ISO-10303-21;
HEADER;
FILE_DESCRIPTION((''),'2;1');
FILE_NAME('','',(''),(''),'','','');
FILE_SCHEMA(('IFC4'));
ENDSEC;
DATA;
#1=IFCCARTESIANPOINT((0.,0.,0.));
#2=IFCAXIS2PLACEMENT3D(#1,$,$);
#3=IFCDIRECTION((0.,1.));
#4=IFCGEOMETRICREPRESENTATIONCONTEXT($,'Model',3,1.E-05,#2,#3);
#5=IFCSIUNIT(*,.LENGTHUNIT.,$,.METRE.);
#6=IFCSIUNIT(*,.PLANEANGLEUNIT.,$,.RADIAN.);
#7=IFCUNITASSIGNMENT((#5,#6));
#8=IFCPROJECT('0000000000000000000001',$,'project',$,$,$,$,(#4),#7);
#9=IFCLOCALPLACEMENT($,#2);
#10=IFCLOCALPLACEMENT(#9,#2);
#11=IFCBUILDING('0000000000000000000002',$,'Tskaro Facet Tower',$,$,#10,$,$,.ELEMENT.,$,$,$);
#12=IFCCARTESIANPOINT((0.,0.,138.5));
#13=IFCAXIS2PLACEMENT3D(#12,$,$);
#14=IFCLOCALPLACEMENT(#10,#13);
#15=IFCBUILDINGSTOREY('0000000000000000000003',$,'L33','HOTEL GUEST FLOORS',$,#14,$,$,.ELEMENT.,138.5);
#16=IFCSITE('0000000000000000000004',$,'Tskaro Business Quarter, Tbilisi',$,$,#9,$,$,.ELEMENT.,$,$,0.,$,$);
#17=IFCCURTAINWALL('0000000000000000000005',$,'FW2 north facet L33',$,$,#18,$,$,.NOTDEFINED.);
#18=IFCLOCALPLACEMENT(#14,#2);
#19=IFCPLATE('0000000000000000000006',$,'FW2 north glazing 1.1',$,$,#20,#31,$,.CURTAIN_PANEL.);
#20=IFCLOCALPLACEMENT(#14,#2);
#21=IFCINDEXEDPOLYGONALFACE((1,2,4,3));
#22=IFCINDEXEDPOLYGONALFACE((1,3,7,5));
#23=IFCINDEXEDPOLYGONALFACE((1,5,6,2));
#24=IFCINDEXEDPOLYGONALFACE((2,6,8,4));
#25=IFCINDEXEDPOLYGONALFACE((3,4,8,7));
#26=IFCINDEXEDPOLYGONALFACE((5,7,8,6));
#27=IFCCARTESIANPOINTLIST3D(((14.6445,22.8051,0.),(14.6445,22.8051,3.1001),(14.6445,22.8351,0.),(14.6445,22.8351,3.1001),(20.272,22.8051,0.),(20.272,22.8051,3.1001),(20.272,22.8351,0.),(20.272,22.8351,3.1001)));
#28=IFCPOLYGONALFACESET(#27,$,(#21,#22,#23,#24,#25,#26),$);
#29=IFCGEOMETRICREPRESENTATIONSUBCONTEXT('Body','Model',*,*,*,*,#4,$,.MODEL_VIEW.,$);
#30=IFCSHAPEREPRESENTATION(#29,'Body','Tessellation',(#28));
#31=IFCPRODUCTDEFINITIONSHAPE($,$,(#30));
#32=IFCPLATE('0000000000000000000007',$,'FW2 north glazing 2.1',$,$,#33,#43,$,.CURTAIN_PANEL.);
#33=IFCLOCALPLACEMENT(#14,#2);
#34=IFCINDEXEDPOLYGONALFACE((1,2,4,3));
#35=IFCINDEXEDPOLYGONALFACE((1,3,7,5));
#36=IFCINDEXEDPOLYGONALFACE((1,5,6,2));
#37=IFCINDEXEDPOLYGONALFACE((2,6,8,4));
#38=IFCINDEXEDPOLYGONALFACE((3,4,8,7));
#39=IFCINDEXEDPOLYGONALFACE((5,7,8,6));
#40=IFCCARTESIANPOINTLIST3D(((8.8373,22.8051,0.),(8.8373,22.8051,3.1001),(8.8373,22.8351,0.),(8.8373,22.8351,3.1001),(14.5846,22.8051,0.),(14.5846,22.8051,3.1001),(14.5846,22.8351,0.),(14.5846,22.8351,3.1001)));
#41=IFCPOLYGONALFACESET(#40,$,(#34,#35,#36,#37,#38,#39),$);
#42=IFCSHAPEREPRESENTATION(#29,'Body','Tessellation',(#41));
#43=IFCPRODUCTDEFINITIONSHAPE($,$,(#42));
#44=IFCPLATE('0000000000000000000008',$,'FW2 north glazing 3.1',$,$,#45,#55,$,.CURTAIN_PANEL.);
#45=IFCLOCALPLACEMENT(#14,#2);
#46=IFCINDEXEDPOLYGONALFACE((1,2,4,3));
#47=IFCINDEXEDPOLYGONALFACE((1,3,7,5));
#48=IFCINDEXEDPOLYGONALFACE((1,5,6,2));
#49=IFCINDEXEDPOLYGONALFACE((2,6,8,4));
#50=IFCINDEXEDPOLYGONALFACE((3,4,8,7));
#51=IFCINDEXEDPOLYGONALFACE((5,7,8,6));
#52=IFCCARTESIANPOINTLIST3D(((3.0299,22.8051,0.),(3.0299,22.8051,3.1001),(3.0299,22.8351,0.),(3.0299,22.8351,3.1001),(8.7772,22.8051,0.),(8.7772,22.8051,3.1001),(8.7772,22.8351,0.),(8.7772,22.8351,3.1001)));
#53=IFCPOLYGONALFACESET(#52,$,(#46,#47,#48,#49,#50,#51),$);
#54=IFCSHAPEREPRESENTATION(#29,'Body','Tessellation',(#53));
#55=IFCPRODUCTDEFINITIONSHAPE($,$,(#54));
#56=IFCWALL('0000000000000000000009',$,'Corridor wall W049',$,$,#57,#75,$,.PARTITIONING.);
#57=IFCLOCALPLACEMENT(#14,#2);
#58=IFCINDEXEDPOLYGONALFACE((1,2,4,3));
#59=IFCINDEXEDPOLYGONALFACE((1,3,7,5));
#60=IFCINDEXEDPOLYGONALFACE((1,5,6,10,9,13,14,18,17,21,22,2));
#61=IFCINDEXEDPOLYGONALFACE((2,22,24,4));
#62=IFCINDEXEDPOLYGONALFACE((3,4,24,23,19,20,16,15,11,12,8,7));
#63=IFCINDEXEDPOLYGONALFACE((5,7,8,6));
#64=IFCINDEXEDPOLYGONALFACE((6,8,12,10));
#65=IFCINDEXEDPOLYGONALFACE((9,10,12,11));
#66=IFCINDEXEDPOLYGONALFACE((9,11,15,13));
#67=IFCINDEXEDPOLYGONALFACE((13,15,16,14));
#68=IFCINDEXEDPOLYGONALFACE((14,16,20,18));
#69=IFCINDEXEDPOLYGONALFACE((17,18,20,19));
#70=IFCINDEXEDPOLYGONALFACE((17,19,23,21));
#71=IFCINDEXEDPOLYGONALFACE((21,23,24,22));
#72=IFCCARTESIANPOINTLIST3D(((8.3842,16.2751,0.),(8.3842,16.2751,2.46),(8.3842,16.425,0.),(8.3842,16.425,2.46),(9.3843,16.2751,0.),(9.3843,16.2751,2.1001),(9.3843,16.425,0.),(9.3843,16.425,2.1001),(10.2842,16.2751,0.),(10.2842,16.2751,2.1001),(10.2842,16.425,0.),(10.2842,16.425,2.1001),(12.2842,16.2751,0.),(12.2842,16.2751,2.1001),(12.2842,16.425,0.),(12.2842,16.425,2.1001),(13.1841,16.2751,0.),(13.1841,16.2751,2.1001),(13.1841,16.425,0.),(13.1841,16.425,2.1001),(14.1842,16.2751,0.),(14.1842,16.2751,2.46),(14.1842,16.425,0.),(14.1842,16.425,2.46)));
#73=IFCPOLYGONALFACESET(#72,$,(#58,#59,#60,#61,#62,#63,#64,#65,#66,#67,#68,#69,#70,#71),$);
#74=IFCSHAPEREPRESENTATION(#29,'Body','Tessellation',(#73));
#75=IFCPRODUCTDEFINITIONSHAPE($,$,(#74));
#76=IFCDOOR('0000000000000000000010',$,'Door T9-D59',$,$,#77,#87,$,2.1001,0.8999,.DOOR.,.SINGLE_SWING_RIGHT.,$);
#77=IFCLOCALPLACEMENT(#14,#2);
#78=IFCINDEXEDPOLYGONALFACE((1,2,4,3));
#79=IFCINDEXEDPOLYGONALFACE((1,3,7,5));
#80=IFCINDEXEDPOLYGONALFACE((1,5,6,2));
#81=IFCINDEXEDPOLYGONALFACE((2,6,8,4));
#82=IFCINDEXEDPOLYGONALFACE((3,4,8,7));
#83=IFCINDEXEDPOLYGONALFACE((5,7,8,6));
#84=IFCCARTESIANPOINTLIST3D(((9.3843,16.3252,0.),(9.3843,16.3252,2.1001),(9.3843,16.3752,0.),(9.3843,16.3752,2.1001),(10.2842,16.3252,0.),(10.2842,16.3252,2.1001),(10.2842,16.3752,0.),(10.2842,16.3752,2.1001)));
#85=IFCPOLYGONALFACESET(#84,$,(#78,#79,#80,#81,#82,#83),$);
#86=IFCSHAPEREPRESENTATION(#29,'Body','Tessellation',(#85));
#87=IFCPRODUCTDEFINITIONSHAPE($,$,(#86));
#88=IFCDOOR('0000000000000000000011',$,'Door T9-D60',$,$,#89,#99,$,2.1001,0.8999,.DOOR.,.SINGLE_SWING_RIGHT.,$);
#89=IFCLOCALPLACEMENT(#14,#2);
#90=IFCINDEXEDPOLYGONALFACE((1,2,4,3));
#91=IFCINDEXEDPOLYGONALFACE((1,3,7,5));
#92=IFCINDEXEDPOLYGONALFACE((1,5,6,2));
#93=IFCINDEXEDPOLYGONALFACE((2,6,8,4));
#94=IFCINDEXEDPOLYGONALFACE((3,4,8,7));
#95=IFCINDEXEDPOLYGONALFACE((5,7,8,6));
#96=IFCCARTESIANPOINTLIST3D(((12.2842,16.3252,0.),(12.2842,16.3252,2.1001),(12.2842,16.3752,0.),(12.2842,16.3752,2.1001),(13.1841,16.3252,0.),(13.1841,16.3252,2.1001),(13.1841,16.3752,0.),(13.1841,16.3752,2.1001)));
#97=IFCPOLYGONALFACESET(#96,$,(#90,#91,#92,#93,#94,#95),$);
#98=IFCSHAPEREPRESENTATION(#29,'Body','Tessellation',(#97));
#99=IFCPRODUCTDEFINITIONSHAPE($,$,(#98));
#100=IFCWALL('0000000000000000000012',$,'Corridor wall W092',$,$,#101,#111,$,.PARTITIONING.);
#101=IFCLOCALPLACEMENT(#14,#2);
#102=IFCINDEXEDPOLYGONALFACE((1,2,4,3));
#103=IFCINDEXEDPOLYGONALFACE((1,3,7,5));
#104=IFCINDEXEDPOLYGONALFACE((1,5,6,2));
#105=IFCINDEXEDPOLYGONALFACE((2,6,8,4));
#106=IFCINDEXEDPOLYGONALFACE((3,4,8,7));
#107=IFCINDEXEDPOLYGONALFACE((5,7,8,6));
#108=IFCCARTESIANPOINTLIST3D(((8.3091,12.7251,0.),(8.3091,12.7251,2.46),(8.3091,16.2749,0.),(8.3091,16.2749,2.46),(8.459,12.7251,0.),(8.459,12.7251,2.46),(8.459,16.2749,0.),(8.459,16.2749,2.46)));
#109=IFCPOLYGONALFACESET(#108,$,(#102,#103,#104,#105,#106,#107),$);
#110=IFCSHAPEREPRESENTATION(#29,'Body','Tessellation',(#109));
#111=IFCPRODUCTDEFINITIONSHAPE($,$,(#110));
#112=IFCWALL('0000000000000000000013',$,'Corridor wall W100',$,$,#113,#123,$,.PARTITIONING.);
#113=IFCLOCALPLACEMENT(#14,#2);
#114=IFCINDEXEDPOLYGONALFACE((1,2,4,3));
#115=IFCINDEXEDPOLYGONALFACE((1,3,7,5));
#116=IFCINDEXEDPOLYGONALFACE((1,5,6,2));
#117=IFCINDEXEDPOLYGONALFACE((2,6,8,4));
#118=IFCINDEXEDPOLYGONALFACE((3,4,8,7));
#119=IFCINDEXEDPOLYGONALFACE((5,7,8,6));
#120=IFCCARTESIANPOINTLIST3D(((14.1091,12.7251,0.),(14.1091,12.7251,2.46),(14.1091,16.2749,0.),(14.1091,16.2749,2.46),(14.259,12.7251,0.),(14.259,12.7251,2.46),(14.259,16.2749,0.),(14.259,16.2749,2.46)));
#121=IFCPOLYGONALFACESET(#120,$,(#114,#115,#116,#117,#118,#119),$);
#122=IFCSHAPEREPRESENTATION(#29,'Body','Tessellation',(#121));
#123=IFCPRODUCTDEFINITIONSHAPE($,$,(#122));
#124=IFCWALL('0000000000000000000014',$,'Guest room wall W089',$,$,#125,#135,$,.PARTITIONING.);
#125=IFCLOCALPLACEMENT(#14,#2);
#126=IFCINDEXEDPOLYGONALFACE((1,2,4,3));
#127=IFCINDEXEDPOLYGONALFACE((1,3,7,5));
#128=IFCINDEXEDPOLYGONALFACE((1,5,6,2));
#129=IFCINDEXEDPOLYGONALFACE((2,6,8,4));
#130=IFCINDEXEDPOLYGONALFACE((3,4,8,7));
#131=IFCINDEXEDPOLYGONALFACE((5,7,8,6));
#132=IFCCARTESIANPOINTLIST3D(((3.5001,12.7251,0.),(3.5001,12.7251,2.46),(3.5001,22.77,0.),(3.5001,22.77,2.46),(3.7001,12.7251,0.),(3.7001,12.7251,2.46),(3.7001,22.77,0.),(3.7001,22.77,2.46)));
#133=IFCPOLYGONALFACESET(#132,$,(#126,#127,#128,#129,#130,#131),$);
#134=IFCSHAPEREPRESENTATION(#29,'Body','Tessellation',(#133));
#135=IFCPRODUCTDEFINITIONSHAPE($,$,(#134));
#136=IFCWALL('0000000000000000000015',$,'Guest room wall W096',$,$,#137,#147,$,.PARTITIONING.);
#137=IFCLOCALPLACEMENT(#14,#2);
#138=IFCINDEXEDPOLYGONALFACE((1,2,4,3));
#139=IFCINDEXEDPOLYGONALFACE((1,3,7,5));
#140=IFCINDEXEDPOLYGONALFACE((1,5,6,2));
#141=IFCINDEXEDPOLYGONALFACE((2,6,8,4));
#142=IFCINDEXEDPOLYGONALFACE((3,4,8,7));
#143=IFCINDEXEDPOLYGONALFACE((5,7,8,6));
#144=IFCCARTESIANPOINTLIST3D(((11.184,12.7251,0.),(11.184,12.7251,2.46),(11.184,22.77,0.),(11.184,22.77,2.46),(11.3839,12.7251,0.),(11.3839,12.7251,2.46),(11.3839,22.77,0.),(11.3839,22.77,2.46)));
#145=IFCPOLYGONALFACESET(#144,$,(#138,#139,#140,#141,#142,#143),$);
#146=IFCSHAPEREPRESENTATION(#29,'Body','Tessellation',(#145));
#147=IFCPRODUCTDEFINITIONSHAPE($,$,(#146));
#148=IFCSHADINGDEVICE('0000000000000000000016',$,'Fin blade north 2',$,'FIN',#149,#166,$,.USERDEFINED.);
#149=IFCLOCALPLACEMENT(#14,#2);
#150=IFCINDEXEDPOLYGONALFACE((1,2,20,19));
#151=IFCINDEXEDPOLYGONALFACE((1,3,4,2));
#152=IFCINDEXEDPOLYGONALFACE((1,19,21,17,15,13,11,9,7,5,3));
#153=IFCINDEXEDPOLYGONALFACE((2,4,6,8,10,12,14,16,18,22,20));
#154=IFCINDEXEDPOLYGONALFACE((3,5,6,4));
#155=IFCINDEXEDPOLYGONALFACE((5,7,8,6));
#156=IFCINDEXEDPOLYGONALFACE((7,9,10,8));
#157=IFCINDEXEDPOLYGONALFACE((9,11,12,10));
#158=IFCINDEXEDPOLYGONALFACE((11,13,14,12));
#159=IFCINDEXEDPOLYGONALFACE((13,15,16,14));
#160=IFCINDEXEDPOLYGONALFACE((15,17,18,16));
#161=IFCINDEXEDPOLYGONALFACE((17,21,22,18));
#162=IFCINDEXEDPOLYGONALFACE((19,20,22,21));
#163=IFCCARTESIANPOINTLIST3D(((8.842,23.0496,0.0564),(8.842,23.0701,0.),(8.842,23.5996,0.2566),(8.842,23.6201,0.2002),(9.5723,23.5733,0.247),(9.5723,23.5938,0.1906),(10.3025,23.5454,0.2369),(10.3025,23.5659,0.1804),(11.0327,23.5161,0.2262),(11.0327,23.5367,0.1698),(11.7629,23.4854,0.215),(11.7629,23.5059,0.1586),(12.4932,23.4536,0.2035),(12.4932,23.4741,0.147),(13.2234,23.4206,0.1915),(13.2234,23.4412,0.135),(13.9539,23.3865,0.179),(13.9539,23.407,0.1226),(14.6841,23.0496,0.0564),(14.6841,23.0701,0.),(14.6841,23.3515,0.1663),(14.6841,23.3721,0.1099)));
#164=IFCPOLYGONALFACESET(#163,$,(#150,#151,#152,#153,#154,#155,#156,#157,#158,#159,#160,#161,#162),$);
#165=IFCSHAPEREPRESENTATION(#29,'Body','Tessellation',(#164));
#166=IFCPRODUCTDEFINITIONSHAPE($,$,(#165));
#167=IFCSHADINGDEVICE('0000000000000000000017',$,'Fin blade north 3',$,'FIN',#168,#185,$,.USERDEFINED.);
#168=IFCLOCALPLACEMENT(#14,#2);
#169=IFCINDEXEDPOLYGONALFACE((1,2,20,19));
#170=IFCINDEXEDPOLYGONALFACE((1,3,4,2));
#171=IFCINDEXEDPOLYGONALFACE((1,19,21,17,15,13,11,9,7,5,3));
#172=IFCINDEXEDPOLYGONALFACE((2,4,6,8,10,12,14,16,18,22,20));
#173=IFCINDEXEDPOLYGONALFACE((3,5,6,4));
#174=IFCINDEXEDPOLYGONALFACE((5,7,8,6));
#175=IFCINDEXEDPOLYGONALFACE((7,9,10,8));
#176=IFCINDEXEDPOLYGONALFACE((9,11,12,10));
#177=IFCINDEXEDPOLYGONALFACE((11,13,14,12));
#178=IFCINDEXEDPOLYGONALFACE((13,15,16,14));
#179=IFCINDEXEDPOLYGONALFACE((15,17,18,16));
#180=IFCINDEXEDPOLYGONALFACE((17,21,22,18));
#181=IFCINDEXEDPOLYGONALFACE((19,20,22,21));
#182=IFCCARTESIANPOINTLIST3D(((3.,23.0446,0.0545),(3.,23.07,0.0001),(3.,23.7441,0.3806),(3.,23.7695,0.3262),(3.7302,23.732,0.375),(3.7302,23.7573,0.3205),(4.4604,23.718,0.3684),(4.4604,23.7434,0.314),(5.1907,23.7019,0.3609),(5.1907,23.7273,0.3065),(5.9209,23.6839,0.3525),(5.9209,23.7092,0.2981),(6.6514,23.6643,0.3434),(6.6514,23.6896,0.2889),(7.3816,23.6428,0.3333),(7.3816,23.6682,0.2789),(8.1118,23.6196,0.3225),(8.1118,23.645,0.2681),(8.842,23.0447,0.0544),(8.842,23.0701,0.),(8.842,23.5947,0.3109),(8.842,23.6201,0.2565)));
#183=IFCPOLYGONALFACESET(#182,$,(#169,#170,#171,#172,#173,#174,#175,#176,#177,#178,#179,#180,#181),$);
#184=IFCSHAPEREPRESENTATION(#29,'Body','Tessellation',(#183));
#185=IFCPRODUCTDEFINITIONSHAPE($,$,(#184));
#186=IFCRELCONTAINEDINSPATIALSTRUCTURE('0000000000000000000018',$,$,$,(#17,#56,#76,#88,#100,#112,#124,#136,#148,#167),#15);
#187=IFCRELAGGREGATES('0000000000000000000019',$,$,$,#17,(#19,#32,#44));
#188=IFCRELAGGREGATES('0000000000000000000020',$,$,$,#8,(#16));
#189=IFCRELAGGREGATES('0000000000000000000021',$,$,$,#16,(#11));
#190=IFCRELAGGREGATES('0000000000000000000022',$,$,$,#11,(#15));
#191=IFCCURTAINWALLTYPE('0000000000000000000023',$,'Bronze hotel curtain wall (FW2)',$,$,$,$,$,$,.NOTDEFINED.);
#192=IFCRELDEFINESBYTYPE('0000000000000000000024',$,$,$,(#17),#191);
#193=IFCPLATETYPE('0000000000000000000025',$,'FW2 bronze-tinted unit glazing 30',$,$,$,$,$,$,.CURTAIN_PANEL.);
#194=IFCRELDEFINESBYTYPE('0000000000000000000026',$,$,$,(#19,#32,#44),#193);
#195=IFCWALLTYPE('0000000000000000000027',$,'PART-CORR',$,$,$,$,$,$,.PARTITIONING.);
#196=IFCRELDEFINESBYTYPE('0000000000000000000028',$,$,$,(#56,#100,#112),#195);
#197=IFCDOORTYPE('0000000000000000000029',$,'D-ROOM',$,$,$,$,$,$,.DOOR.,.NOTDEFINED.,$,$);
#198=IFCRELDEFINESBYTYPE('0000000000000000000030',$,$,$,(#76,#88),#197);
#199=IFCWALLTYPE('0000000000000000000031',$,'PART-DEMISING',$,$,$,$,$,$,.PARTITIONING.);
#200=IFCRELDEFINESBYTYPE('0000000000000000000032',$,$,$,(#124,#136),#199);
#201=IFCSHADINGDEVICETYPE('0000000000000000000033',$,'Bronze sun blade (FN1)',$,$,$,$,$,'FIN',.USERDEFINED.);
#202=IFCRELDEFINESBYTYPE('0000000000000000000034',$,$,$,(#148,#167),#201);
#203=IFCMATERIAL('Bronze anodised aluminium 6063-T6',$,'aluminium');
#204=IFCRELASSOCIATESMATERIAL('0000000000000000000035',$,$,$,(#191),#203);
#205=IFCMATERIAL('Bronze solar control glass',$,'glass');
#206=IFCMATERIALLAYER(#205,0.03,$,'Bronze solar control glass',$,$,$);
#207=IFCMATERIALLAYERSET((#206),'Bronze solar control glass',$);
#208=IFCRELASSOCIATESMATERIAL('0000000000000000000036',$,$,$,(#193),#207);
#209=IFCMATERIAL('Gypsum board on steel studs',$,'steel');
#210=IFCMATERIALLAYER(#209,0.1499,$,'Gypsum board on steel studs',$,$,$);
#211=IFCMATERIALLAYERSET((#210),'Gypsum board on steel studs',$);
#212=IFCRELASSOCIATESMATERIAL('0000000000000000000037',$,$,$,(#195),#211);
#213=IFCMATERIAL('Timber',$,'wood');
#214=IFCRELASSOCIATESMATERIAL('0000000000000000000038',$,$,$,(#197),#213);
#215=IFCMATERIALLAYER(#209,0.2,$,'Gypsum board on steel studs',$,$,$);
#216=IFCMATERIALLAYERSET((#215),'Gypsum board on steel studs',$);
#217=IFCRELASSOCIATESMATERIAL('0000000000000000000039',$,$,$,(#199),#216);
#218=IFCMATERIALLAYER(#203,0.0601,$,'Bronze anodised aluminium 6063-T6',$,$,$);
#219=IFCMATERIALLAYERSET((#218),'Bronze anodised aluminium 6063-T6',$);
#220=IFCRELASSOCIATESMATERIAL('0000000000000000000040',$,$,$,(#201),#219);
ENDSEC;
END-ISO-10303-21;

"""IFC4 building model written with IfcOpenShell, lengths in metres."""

from ifc_helpers import new_model, si_unit, direction, frame, frame_2d, origin, origin_2d, place, context, subcontext, project, spatial, polyline, rectangle, outline, extrude, material, layer, layer_set, type_object, element, fill, aggregate, save


model = new_model("IFC4")

# Units and contexts
model_context = context("Model", 3, precision=1e-05, world=origin(), true_north=direction((0.0, 1.0)))
body_context = subcontext(model_context, "Body", "Model", "MODEL_VIEW")
ifc_project = project(units=[si_unit("LENGTHUNIT", "METRE"), si_unit("PLANEANGLEUNIT", "RADIAN")], contexts=[model_context])

# Site, building, storey
site_placement = place(None, origin())
site = spatial("IfcSite", under=ifc_project, at=site_placement, Name="Tskaro Business Quarter, Tbilisi", CompositionType="ELEMENT", RefElevation=0.0)
building_placement = place(site_placement, origin())
building = spatial("IfcBuilding", under=site, at=building_placement, Name="Tskaro Facet Tower", CompositionType="ELEMENT")
storey_placement = place(building_placement, frame((0.0, 0.0, 138.5)))
storey = spatial("IfcBuildingStorey", under=building, at=storey_placement, Name="L33", Description="HOTEL GUEST FLOORS", CompositionType="ELEMENT", Elevation=138.5)

# Curtain wall
ifc_material_1 = material(Name="Bronze anodised aluminium 6063-T6", Category="aluminium")
curtain_wall_type = type_object("IfcCurtainWallType", Name="Bronze hotel curtain wall (FW2)", PredefinedType="NOTDEFINED", material=ifc_material_1)
curtain_wall_placement = place(storey_placement, origin())
curtain_wall = element("IfcCurtainWall", 1, at=curtain_wall_placement, inside=storey, type_object=curtain_wall_type, Name="FW2 north facet L33", PredefinedType="NOTDEFINED")

# Plates
ifc_material_2 = material(Name="Bronze solar control glass", Category="glass")
ifc_layer_1 = layer(ifc_material_2, 0.03, Name="Bronze solar control glass")
ifc_layer_set_1 = layer_set([ifc_layer_1], Name="Bronze solar control glass")
plate_type = type_object("IfcPlateType", Name="FW2 bronze-tinted unit glazing 30", PredefinedType="CURTAIN_PANEL", material=ifc_layer_set_1)
plate_1_placement = place(storey_placement, frame((17.4583, 22.8201, 0.0), z_axis=(0.0, 0.0, 1.0), x_axis=(-1.0, 0.0, 0.0)))
plate_1 = element("IfcPlate", 2, at=plate_1_placement, type_object=plate_type, Name="FW2 north glazing 1.1", PredefinedType="CURTAIN_PANEL", context=body_context, shape_type="SweptSolid", body=[
    extrude(rectangle(XDim=5.6274, YDim=0.03, at=origin_2d()), origin(), (0.0, 0.0, 1.0), 3.1001),
])
plate_2_placement = place(storey_placement, frame((11.7109, 22.8201, 0.0), z_axis=(0.0, 0.0, 1.0), x_axis=(-1.0, 0.0, 0.0)))
plate_2 = element("IfcPlate", 3, at=plate_2_placement, type_object=plate_type, Name="FW2 north glazing 2.1", PredefinedType="CURTAIN_PANEL", context=body_context, shape_type="SweptSolid", body=[
    extrude(rectangle(XDim=5.7473, YDim=0.03, at=origin_2d()), origin(), (0.0, 0.0, 1.0), 3.1001),
])
plate_3_placement = place(storey_placement, frame((5.9036, 22.8201, 0.0), z_axis=(0.0, 0.0, 1.0), x_axis=(-1.0, 0.0, 0.0)))
plate_3 = element("IfcPlate", 4, at=plate_3_placement, type_object=plate_type, Name="FW2 north glazing 3.1", PredefinedType="CURTAIN_PANEL", context=body_context, shape_type="SweptSolid", body=[
    extrude(rectangle(XDim=5.7473, YDim=0.03, at=origin_2d()), origin(), (0.0, 0.0, 1.0), 3.1001),
])
aggregate(curtain_wall, [plate_1, plate_2, plate_3])

# Wall, openings, doors
ifc_material_3 = material(Name="Gypsum board on steel studs", Category="steel")
ifc_layer_2 = layer(ifc_material_3, 0.1499, Name="Gypsum board on steel studs")
ifc_layer_set_2 = layer_set([ifc_layer_2], Name="Gypsum board on steel studs")
wall_type_1 = type_object("IfcWallType", Name="PART-CORR", PredefinedType="PARTITIONING", material=ifc_layer_set_2)
wall_placement = place(storey_placement, frame((14.1841, 16.3501, 0.0), z_axis=(0.0, 0.0, 1.0), x_axis=(-1.0, 0.0, 0.0)))
wall = element("IfcWall", 5, at=wall_placement, inside=storey, type_object=wall_type_1, Name="Corridor wall W049", PredefinedType="PARTITIONING", context=body_context, shape_type="SweptSolid", body=[
    extrude(rectangle(XDim=5.8, YDim=0.1499, at=frame_2d((2.8999, 0.0))), origin(), (0.0, 0.0, 1.0), 2.46),
])
opening_1_placement = place(wall_placement, frame((3.8999, 0.0, 0.0)))
opening_1 = element("IfcOpeningElement", 6, at=opening_1_placement, cuts=wall, PredefinedType="OPENING", context=body_context, shape_type="SweptSolid", body=[
    extrude(rectangle(XDim=0.8999, YDim=2.1001, at=frame_2d((0.45, 1.05))), frame((0.0, 0.085, 0.0), z_axis=(0.0, -1.0, 0.0), x_axis=(1.0, 0.0, 0.0)), (0.0, 0.0, 1.0), 0.1699),
])
opening_2_placement = place(wall_placement, frame((1.0, 0.0, 0.0)))
opening_2 = element("IfcOpeningElement", 7, at=opening_2_placement, cuts=wall, PredefinedType="OPENING", context=body_context, shape_type="SweptSolid", body=[
    extrude(rectangle(XDim=0.8999, YDim=2.1001, at=frame_2d((0.45, 1.05))), frame((0.0, 0.085, 0.0), z_axis=(0.0, -1.0, 0.0), x_axis=(1.0, 0.0, 0.0)), (0.0, 0.0, 1.0), 0.1699),
])
ifc_material_4 = material(Name="Timber", Category="wood")
door_type = type_object("IfcDoorType", Name="D-ROOM", OperationType="NOTDEFINED", PredefinedType="DOOR", material=ifc_material_4)
door_1_placement = place(opening_1_placement, origin())
door_1 = element("IfcDoor", 8, at=door_1_placement, inside=storey, type_object=door_type, Name="Door T9-D59", OperationType="SINGLE_SWING_RIGHT", OverallHeight=2.1001, OverallWidth=0.8999, PredefinedType="DOOR", context=body_context, shape_type="SweptSolid", body=[
    extrude(rectangle(XDim=0.8999, YDim=2.1001, at=frame_2d((0.45, 1.05))), frame((0.0, 0.0249, 0.0), z_axis=(0.0, -1.0, 0.0), x_axis=(1.0, 0.0, 0.0)), (0.0, 0.0, 1.0), 0.05),
])
fill(opening_1, door_1)
door_2_placement = place(opening_2_placement, origin())
door_2 = element("IfcDoor", 9, at=door_2_placement, inside=storey, type_object=door_type, Name="Door T9-D60", OperationType="SINGLE_SWING_RIGHT", OverallHeight=2.1001, OverallWidth=0.8999, PredefinedType="DOOR", context=body_context, shape_type="SweptSolid", body=[
    extrude(rectangle(XDim=0.8999, YDim=2.1001, at=frame_2d((0.45, 1.05))), frame((0.0, 0.0249, 0.0), z_axis=(0.0, -1.0, 0.0), x_axis=(1.0, 0.0, 0.0)), (0.0, 0.0, 1.0), 0.05),
])
fill(opening_2, door_2)

# Walls
for number, where, z_axis, x_axis, name in (
    (10, (8.384, 12.7251, 0.0), (0.0, 0.0, 1.0), (0.0, 1.0, 0.0), "Corridor wall W092"),
    (11, (14.1841, 12.7251, 0.0), (0.0, 0.0, 1.0), (0.0, 1.0, 0.0), "Corridor wall W100"),
):
    element("IfcWall", number, at=place(storey_placement, frame(where, z_axis=z_axis, x_axis=x_axis)), inside=storey, type_object=wall_type_1, Name=name, PredefinedType="PARTITIONING", context=body_context, shape_type="SweptSolid", body=[
        extrude(rectangle(XDim=3.5498, YDim=0.1499, at=frame_2d((1.7749, 0.0))), origin(), (0.0, 0.0, 1.0), 2.46),
    ])
ifc_layer_3 = layer(ifc_material_3, 0.2, Name="Gypsum board on steel studs")
ifc_layer_set_3 = layer_set([ifc_layer_3], Name="Gypsum board on steel studs")
wall_type_2 = type_object("IfcWallType", Name="PART-DEMISING", PredefinedType="PARTITIONING", material=ifc_layer_set_3)
for number, where, z_axis, x_axis, name in (
    (12, (3.6001, 12.7251, 0.0), (0.0, 0.0, 1.0), (0.0, 1.0, 0.0), "Guest room wall W089"),
    (13, (11.2839, 12.7251, 0.0), (0.0, 0.0, 1.0), (0.0, 1.0, 0.0), "Guest room wall W096"),
):
    element("IfcWall", number, at=place(storey_placement, frame(where, z_axis=z_axis, x_axis=x_axis)), inside=storey, type_object=wall_type_2, Name=name, PredefinedType="PARTITIONING", context=body_context, shape_type="SweptSolid", body=[
        extrude(rectangle(XDim=10.0449, YDim=0.2, at=frame_2d((5.0225, 0.0))), origin(), (0.0, 0.0, 1.0), 2.46),
    ])

# Shading devices
ifc_layer_4 = layer(ifc_material_1, 0.0601, Name="Bronze anodised aluminium 6063-T6")
ifc_layer_set_4 = layer_set([ifc_layer_4], Name="Bronze anodised aluminium 6063-T6")
shading_device_type = type_object("IfcShadingDeviceType", Name="Bronze sun blade (FN1)", ElementType="FIN", PredefinedType="USERDEFINED", material=ifc_layer_set_4)
shading_device_1_placement = place(storey_placement, frame((14.6841, 23.0496, 0.0564), z_axis=(0.000003, -0.342009, 0.939697), x_axis=(-1.0, -0.000001, 0.000003)))
element("IfcShadingDevice", 14, at=shading_device_1_placement, inside=storey, type_object=shading_device_type, Name="Fin blade north 2", ObjectType="FIN", PredefinedType="USERDEFINED", context=body_context, shape_type="SweptSolid", body=[
    extrude(outline(polyline([(0.0, 0.0), (5.842, 0.0), (5.842, -0.5853), (5.1118, -0.5573), (4.3816, -0.5277), (3.6514, -0.4965), (2.9211, -0.4638), (2.1909, -0.43), (1.4607, -0.3949), (0.7302, -0.3585), (0.0, -0.3214), (0.0, 0.0)])), origin(), (0.0, 0.0, -1.0), 0.0601),
])
shading_device_2_placement = place(storey_placement, frame((8.842, 23.0447, 0.0544), z_axis=(0.000012, -0.422575, 0.906328), x_axis=(-1.0, -0.000005, 0.000011)))
element("IfcShadingDevice", 15, at=shading_device_2_placement, inside=storey, type_object=shading_device_type, Name="Fin blade north 3", ObjectType="FIN", PredefinedType="USERDEFINED", context=body_context, shape_type="SweptSolid", body=[
    extrude(outline(polyline([(0.0, 0.0), (5.842, 0.0), (5.842, -0.7718), (5.1118, -0.7583), (4.3816, -0.7429), (3.6514, -0.7251), (2.9211, -0.7053), (2.1907, -0.6836), (1.4604, -0.6599), (0.7302, -0.6344), (0.0, -0.6069), (0.0, 0.0)])), origin(), (0.0, 0.0, -1.0), 0.0601),
])

save(model, "model.ifc")
